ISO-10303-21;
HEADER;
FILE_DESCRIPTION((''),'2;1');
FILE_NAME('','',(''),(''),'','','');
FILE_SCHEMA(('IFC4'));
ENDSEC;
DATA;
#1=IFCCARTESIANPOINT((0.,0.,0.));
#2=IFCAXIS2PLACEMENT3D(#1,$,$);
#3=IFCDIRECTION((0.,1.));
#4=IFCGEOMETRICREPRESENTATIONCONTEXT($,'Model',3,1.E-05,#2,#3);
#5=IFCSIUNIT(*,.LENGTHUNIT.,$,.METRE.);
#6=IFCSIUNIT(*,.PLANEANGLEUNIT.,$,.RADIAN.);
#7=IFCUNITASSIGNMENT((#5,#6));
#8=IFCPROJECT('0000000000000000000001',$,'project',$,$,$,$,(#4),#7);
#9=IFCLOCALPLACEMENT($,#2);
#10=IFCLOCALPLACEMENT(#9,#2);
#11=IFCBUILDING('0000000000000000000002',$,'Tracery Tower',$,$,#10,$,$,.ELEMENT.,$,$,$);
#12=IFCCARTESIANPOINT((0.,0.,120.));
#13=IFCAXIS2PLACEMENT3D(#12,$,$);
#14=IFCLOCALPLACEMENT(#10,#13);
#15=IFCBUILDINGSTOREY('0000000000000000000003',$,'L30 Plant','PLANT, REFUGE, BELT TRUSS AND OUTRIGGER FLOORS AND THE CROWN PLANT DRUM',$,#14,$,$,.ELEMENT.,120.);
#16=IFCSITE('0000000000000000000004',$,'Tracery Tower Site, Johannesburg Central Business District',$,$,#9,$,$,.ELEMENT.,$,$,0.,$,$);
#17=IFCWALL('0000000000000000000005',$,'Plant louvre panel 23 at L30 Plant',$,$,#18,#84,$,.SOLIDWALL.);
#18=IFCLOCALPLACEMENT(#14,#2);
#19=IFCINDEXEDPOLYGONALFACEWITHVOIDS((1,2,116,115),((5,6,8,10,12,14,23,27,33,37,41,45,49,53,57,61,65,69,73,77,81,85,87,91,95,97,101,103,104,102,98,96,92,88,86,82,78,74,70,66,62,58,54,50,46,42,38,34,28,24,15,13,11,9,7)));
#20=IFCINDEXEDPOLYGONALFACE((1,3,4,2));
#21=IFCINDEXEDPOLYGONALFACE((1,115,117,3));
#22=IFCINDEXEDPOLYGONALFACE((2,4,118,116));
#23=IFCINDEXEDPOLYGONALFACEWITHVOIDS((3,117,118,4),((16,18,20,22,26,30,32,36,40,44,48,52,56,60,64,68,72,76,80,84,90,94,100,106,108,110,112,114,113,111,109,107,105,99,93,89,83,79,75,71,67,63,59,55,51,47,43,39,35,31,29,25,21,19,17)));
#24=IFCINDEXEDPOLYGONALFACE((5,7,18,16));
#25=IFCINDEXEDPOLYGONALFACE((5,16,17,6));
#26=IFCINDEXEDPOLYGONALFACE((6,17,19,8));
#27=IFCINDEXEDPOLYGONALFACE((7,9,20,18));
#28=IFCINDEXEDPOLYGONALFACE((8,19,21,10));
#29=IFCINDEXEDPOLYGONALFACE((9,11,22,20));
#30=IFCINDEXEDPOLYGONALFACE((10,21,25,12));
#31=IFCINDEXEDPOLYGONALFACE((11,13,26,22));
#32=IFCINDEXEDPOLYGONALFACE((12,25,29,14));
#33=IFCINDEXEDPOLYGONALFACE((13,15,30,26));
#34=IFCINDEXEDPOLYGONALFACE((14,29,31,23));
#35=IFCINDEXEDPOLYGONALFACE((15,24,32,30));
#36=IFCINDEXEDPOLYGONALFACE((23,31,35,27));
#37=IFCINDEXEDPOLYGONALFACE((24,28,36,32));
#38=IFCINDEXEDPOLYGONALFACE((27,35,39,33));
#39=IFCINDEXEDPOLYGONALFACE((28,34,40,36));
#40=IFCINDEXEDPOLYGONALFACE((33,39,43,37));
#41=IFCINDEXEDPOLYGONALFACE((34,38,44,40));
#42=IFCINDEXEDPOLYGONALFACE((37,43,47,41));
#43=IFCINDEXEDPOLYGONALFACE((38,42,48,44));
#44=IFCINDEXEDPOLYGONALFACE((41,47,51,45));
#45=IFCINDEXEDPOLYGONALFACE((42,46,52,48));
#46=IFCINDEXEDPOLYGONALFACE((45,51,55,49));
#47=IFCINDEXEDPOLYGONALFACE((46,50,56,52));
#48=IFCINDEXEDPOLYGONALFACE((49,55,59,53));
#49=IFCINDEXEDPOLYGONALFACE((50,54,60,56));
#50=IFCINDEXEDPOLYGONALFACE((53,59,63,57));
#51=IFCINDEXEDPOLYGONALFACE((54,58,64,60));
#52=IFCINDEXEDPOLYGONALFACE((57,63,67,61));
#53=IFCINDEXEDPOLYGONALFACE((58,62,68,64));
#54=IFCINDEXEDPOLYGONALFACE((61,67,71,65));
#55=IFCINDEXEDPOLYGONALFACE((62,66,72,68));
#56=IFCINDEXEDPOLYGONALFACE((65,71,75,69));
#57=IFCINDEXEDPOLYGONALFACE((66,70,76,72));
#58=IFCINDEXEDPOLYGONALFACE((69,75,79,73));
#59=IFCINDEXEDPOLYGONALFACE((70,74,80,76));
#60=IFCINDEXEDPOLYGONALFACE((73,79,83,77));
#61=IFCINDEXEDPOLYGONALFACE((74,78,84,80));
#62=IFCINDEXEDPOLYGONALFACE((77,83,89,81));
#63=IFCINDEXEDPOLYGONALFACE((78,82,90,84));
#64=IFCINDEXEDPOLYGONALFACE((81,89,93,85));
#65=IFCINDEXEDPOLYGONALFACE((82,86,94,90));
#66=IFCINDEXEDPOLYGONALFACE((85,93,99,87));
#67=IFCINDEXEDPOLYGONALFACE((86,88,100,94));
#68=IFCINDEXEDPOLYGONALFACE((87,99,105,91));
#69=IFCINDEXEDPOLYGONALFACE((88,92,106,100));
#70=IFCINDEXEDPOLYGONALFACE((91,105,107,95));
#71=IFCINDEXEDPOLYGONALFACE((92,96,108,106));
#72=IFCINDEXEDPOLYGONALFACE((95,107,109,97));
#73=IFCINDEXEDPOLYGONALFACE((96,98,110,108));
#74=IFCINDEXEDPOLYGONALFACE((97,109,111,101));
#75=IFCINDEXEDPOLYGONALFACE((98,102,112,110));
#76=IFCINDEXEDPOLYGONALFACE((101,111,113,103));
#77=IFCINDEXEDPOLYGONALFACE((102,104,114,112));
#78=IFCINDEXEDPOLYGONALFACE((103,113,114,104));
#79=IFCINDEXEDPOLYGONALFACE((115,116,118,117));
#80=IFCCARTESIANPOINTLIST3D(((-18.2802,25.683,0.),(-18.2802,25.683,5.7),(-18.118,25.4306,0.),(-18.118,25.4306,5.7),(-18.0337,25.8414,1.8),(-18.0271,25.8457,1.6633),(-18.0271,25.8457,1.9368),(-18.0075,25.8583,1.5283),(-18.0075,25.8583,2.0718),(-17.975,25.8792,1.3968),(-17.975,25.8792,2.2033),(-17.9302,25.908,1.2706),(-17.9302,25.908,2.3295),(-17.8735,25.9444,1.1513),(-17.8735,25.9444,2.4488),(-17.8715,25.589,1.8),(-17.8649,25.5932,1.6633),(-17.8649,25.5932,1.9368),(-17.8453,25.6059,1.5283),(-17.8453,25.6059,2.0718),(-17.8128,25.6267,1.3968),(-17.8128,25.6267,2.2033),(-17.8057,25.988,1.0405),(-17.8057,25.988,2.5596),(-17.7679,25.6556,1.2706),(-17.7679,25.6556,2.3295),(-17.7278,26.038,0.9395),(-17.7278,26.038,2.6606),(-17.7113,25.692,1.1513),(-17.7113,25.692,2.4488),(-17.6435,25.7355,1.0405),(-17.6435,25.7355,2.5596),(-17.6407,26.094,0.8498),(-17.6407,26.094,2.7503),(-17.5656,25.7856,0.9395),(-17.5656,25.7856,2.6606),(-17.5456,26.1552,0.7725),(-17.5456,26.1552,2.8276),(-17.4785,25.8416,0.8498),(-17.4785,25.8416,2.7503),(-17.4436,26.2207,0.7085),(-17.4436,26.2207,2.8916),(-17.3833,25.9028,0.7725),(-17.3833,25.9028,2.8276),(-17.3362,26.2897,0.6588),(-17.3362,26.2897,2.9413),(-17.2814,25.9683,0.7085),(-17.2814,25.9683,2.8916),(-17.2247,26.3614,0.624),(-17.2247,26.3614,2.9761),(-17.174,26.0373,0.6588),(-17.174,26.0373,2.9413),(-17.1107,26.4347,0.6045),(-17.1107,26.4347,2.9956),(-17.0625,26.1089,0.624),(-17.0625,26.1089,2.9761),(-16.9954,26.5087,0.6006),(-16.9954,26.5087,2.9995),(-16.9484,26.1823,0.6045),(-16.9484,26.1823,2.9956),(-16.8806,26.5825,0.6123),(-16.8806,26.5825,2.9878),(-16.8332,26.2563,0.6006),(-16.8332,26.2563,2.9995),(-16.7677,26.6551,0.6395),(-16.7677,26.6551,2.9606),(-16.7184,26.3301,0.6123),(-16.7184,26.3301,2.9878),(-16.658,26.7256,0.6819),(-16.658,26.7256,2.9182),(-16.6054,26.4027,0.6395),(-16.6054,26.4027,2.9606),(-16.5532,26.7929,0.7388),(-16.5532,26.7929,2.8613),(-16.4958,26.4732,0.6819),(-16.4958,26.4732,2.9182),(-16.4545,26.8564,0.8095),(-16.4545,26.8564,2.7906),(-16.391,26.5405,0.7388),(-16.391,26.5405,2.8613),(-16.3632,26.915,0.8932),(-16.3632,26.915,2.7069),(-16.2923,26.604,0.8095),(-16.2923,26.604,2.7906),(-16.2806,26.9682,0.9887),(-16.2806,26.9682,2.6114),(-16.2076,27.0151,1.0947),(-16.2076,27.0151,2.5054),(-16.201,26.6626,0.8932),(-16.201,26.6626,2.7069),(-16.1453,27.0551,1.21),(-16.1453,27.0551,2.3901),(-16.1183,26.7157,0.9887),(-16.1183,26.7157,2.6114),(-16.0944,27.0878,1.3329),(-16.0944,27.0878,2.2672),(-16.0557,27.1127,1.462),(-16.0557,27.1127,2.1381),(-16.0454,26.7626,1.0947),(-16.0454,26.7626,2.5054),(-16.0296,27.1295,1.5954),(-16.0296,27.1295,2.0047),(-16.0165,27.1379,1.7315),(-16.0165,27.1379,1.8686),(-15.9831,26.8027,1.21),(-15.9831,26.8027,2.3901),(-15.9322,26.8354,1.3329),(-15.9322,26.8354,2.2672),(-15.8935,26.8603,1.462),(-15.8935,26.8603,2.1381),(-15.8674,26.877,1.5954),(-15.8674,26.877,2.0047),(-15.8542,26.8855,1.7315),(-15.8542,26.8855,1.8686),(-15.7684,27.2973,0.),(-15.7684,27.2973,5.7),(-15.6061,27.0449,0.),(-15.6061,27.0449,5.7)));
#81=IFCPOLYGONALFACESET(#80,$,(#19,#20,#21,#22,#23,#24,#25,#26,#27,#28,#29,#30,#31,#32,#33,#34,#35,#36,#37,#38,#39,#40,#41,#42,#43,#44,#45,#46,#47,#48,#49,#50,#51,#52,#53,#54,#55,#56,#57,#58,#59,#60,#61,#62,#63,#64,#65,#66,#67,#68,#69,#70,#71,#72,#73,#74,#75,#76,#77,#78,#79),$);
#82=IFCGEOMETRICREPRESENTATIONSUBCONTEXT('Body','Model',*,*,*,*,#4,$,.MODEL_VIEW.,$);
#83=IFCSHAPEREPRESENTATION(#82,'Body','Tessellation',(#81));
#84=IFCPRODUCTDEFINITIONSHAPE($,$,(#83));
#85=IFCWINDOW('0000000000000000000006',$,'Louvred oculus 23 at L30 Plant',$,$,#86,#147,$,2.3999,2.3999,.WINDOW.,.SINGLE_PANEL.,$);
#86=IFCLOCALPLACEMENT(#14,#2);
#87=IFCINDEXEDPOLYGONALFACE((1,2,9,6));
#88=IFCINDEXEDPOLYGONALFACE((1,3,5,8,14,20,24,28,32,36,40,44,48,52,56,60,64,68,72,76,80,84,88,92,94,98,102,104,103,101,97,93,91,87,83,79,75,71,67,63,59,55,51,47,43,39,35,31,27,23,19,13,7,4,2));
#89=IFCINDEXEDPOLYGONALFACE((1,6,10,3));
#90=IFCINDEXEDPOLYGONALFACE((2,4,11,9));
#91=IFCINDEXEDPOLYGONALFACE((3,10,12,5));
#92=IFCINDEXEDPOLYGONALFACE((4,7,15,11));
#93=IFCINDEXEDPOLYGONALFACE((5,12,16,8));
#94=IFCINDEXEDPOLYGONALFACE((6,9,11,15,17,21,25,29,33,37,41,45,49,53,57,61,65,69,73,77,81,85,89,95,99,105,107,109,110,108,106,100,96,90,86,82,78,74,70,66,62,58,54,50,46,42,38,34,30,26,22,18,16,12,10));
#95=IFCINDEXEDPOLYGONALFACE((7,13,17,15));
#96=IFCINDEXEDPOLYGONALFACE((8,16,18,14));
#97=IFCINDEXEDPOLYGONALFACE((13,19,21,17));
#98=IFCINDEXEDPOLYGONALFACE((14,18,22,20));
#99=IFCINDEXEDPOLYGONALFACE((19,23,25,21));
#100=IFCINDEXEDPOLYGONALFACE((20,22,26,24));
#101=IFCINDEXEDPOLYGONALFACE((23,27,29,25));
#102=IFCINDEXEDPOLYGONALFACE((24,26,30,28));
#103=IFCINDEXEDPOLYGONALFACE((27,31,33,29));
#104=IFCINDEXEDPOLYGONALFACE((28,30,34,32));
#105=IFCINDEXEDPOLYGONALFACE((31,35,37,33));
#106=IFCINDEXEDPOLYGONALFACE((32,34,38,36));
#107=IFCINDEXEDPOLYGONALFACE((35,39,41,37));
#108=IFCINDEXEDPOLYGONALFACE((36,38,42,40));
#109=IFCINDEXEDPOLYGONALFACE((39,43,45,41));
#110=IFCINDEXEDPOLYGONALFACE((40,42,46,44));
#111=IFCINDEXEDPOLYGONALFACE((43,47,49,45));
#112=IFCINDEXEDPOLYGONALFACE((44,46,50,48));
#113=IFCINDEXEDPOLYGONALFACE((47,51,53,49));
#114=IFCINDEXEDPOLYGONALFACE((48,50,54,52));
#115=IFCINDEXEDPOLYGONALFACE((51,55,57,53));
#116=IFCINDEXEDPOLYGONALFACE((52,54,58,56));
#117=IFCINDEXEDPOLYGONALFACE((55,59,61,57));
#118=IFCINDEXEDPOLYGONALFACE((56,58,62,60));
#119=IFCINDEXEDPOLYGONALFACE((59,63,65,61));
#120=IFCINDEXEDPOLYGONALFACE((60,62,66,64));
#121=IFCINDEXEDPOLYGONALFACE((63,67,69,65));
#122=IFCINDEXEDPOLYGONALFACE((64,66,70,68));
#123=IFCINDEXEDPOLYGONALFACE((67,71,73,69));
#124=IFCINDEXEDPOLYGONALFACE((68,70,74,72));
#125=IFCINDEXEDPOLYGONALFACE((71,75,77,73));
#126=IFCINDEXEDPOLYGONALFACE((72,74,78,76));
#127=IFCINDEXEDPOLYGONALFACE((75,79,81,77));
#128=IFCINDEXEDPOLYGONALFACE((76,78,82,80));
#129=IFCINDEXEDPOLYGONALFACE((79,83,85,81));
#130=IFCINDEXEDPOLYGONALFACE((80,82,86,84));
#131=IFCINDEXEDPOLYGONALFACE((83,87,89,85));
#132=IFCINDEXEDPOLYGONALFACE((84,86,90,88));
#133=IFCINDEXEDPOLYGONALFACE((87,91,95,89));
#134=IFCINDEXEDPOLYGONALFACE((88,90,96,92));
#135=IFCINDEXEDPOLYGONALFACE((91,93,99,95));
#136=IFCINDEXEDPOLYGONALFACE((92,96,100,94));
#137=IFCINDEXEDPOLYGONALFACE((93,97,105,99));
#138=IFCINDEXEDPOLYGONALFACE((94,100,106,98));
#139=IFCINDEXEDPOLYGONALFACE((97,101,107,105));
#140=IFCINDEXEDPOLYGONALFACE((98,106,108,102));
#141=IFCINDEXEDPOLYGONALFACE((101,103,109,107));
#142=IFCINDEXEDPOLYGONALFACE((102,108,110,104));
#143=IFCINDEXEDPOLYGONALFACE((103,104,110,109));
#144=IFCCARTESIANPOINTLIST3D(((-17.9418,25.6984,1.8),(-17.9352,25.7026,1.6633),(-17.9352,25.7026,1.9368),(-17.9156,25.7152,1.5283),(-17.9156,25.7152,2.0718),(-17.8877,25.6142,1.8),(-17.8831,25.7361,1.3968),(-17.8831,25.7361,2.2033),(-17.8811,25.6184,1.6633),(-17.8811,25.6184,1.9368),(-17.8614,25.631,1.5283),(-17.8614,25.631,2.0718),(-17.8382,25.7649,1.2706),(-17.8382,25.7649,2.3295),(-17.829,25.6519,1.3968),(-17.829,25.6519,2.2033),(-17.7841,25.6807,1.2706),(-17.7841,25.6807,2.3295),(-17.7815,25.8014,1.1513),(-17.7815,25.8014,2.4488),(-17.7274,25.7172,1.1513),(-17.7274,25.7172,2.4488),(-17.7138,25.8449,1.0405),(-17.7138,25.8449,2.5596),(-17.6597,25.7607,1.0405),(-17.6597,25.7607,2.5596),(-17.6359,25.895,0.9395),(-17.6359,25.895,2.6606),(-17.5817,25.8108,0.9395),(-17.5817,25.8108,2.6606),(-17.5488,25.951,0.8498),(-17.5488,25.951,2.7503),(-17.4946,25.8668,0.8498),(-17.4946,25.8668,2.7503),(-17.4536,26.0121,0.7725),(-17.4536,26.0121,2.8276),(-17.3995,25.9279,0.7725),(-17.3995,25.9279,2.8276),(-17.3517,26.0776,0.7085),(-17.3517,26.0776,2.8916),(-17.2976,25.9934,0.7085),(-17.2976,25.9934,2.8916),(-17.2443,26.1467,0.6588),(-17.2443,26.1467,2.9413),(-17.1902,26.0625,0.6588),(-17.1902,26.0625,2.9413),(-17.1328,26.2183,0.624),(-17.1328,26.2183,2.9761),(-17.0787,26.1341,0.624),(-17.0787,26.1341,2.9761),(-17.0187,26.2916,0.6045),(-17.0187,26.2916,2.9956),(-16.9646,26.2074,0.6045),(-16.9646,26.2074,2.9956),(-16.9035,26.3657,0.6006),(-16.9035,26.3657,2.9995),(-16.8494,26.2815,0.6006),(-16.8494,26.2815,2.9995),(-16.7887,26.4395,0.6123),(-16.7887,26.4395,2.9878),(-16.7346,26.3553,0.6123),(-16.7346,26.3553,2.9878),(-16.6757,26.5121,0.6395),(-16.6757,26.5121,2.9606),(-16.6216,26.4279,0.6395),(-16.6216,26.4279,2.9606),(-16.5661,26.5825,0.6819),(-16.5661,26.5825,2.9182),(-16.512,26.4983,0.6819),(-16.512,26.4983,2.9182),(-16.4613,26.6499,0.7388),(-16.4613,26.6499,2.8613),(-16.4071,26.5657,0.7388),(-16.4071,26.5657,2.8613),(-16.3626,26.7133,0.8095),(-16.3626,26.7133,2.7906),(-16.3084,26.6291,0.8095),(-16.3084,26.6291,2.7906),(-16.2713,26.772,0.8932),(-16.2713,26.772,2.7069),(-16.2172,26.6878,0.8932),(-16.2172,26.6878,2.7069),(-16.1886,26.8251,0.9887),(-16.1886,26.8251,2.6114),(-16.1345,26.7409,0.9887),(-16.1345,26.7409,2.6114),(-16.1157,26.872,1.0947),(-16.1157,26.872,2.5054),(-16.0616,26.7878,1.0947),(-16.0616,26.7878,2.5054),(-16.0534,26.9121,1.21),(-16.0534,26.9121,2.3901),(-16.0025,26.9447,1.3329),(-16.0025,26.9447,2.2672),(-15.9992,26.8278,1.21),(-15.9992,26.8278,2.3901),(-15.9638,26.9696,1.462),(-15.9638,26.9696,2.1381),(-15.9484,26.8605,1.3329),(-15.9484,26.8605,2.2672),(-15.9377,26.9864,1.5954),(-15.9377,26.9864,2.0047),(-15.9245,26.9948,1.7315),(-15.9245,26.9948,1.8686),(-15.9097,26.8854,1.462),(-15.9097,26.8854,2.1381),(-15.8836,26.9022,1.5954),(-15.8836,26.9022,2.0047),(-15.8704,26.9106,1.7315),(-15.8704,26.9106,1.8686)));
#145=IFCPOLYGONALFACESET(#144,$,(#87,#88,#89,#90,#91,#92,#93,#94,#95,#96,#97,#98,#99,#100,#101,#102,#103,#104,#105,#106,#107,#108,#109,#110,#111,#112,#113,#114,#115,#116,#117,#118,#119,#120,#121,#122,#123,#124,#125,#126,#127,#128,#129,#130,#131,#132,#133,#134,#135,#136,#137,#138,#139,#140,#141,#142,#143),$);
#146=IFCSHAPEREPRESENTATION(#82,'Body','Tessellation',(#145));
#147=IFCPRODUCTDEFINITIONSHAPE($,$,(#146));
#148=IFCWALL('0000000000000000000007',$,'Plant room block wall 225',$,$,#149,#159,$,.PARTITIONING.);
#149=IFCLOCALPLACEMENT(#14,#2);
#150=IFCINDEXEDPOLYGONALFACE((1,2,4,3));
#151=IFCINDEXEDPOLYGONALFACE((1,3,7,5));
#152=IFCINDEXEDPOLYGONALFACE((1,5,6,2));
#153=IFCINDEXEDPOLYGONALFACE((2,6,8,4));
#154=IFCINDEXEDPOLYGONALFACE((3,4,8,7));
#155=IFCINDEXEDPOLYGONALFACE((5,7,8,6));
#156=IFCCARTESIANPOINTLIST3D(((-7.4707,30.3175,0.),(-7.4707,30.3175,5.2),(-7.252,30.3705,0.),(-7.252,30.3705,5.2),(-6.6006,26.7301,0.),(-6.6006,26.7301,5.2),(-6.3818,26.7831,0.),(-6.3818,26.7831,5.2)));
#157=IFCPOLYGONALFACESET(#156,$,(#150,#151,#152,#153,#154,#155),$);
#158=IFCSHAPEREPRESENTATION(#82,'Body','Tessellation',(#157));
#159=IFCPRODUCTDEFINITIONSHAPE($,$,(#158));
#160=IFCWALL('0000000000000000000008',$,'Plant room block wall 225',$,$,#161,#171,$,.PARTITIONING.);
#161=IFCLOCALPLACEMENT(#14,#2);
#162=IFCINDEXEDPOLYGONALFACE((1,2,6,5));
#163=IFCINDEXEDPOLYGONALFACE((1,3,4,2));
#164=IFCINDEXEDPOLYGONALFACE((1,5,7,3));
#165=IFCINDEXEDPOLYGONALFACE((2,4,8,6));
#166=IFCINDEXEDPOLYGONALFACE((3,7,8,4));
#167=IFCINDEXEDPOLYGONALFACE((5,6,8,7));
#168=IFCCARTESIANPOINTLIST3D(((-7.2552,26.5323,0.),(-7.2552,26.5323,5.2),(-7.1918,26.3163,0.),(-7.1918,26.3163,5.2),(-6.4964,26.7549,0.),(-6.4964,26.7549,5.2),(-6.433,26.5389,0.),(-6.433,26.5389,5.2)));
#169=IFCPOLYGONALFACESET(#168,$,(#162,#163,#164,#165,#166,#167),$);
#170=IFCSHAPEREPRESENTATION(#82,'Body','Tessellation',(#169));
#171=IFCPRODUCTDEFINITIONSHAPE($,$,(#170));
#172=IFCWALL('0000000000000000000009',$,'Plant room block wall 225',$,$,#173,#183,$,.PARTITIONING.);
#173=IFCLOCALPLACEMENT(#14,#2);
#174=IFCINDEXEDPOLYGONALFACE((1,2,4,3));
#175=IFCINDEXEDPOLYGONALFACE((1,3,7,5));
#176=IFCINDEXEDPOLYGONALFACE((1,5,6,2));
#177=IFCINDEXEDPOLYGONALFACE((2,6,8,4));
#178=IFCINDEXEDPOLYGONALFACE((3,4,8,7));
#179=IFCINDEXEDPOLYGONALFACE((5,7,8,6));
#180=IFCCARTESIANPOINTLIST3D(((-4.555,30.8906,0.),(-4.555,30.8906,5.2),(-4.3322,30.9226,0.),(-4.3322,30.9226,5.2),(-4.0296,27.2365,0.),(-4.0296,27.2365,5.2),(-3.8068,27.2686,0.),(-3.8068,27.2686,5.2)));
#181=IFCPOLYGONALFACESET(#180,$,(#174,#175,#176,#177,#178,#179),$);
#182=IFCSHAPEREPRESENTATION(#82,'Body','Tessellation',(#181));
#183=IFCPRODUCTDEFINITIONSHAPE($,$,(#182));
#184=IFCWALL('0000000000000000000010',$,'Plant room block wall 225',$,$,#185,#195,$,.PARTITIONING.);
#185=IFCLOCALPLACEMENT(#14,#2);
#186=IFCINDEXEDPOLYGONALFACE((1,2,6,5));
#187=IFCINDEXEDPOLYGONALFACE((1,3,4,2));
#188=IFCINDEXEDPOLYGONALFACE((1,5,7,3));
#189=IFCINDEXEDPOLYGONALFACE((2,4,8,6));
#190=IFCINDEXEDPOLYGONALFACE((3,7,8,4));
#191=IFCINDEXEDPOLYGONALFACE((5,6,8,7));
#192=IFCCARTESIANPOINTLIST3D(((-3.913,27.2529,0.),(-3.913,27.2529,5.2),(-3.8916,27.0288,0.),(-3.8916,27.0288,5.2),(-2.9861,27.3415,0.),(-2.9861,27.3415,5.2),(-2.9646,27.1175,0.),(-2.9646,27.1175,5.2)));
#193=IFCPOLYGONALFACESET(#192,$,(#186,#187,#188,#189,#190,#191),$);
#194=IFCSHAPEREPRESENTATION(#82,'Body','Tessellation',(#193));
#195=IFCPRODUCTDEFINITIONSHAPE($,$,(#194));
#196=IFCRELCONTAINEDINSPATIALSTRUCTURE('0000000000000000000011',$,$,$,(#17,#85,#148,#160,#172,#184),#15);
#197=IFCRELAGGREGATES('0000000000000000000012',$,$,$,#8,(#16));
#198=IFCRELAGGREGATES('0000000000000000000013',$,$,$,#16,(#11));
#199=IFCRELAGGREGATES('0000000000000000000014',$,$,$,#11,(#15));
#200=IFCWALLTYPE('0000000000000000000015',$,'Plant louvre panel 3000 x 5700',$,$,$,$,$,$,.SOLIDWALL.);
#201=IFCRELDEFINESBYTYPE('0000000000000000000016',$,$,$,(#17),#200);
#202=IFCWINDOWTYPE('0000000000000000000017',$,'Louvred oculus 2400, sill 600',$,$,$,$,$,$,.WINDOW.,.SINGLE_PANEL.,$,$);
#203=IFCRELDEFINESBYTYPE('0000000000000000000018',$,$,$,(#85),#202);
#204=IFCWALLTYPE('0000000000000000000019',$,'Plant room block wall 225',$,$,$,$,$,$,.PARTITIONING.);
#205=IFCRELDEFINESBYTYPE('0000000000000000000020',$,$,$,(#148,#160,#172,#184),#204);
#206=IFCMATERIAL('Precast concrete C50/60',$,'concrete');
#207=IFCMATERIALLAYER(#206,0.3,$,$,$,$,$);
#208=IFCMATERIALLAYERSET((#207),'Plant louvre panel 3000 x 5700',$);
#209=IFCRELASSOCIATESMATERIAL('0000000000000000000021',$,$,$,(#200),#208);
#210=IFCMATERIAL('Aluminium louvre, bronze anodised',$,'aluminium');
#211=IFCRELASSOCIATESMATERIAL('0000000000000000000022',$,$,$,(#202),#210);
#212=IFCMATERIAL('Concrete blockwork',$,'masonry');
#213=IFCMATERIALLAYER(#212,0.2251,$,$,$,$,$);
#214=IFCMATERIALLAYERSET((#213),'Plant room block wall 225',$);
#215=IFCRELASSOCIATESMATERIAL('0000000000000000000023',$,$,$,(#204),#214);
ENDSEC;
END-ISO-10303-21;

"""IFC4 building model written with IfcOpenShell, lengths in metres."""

from ifc_helpers import new_model, si_unit, direction, frame, frame_2d, origin, origin_2d, place, context, subcontext, project, spatial, rectangle, circle, extrude, material, layer, layer_set, type_object, element, fill, save


model = new_model("IFC4")

# Units and contexts
model_context = context("Model", 3, precision=1e-05, world=origin(), true_north=direction((0.0, 1.0)))
body_context = subcontext(model_context, "Body", "Model", "MODEL_VIEW")
ifc_project = project(units=[si_unit("LENGTHUNIT", "METRE"), si_unit("PLANEANGLEUNIT", "RADIAN")], contexts=[model_context])

# Site, building, storey
site_placement = place(None, origin())
site = spatial("IfcSite", under=ifc_project, at=site_placement, Name="Tracery Tower Site, Johannesburg Central Business District", CompositionType="ELEMENT", RefElevation=0.0)
building_placement = place(site_placement, origin())
building = spatial("IfcBuilding", under=site, at=building_placement, Name="Tracery Tower", CompositionType="ELEMENT")
storey_placement = place(building_placement, frame((0.0, 0.0, 120.0)))
storey = spatial("IfcBuildingStorey", under=building, at=storey_placement, Name="L30 Plant", Description="PLANT, REFUGE, BELT TRUSS AND OUTRIGGER FLOORS AND THE CROWN PLANT DRUM", CompositionType="ELEMENT", Elevation=120.0)

# Wall, opening, window
ifc_material_1 = material(Name="Precast concrete C50/60", Category="concrete")
ifc_layer_1 = layer(ifc_material_1, 0.3)
ifc_layer_set_1 = layer_set([ifc_layer_1], Name="Plant louvre panel 3000 x 5700")
wall_type_1 = type_object("IfcWallType", Name="Plant louvre panel 3000 x 5700", PredefinedType="SOLIDWALL", material=ifc_layer_set_1)
ifc_material_2 = material(Name="Aluminium louvre, bronze anodised", Category="aluminium")
window_type = type_object("IfcWindowType", Name="Louvred oculus 2400, sill 600", PartitioningType="SINGLE_PANEL", PredefinedType="WINDOW", material=ifc_material_2)
wall_1_placement = place(storey_placement, frame((-15.6873, 27.1711, 0.0), z_axis=(0.0, 0.0, 1.0), x_axis=(-0.841242, -0.540658, 0.0)))
wall_1 = element("IfcWall", 1, at=wall_1_placement, inside=storey, type_object=wall_type_1, Name="Plant louvre panel 23 at L30 Plant", PredefinedType="SOLIDWALL", context=body_context, shape_type="SweptSolid", body=[
    extrude(rectangle(XDim=2.9858, YDim=0.3, at=frame_2d((1.4929, 0.0))), origin(), (0.0, 0.0, 1.0), 5.7),
])
opening_1_placement = place(wall_1_placement, frame((1.4929, 0.0, 1.8)))
opening_1 = element("IfcOpeningElement", 2, at=opening_1_placement, cuts=wall_1, PredefinedType="OPENING", context=body_context, shape_type="SweptSolid", body=[
    extrude(circle(Radius=1.2, at=origin_2d()), frame((0.0, 0.1599, 0.0), z_axis=(0.0, -1.0, 0.0), x_axis=(1.0, 0.0, 0.0)), (0.0, 0.0, 1.0), 0.3201),
])
window_1_placement = place(opening_1_placement, origin())
window_1 = element("IfcWindow", 3, at=window_1_placement, inside=storey, type_object=window_type, Name="Louvred oculus 23 at L30 Plant", OverallHeight=2.3999, OverallWidth=2.3999, PartitioningType="SINGLE_PANEL", PredefinedType="WINDOW", context=body_context, shape_type="SweptSolid", body=[
    extrude(circle(Radius=1.2, at=origin_2d()), frame((0.0, 0.1201, 0.0), z_axis=(0.0, -1.0, 0.0), x_axis=(1.0, 0.0, 0.0)), (0.0, 0.0, 1.0), 0.1001),
])
fill(opening_1, window_1)

# Walls
ifc_material_3 = material(Name="Concrete blockwork", Category="masonry")
ifc_layer_2 = layer(ifc_material_3, 0.2251)
ifc_layer_set_2 = layer_set([ifc_layer_2], Name="Plant room block wall 225")
wall_type_2 = type_object("IfcWallType", Name="Plant room block wall 225", PredefinedType="PARTITIONING", material=ifc_layer_set_2)
wall_2_placement = place(storey_placement, frame((-7.3613, 30.344, 0.0), z_axis=(0.0, 0.0, 1.0), x_axis=(0.235714, -0.971823, 0.0)))
element("IfcWall", 4, at=wall_2_placement, inside=storey, type_object=wall_type_2, Name="Plant room block wall 225", PredefinedType="PARTITIONING", context=body_context, shape_type="SweptSolid", body=[
    extrude(rectangle(XDim=3.6914, YDim=0.2251, at=frame_2d((1.8457, 0.0))), origin(), (0.0, 0.0, 1.0), 5.2),
])
wall_3_placement = place(storey_placement, frame((-6.4646, 26.647, 0.0), z_axis=(0.0, 0.0, 1.0), x_axis=(-0.959542, -0.281565, 0.0)))
element("IfcWall", 5, at=wall_3_placement, inside=storey, type_object=wall_type_2, Name="Plant room block wall 225", PredefinedType="PARTITIONING", context=body_context, shape_type="SweptSolid", body=[
    extrude(rectangle(XDim=0.7908, YDim=0.2251, at=frame_2d((0.3955, 0.0))), origin(), (0.0, 0.0, 1.0), 5.2),
])
wall_4_placement = place(storey_placement, frame((-4.4436, 30.9065, 0.0), z_axis=(0.0, 0.0, 1.0), x_axis=(0.142319, -0.989821, 0.0)))
element("IfcWall", 6, at=wall_4_placement, inside=storey, type_object=wall_type_2, Name="Plant room block wall 225", PredefinedType="PARTITIONING", context=body_context, shape_type="SweptSolid", body=[
    extrude(rectangle(XDim=3.6917, YDim=0.2251, at=frame_2d((1.8457, 0.0))), origin(), (0.0, 0.0, 1.0), 5.2),
])
wall_5_placement = place(storey_placement, frame((-2.9753, 27.2295, 0.0), z_axis=(0.0, 0.0, 1.0), x_axis=(-0.995461, -0.095168, 0.0)))
element("IfcWall", 7, at=wall_5_placement, inside=storey, type_object=wall_type_2, Name="Plant room block wall 225", PredefinedType="PARTITIONING", context=body_context, shape_type="SweptSolid", body=[
    extrude(rectangle(XDim=0.9312, YDim=0.2251, at=frame_2d((0.4656, 0.0))), origin(), (0.0, 0.0, 1.0), 5.2),
])

save(model, "model.ifc")
